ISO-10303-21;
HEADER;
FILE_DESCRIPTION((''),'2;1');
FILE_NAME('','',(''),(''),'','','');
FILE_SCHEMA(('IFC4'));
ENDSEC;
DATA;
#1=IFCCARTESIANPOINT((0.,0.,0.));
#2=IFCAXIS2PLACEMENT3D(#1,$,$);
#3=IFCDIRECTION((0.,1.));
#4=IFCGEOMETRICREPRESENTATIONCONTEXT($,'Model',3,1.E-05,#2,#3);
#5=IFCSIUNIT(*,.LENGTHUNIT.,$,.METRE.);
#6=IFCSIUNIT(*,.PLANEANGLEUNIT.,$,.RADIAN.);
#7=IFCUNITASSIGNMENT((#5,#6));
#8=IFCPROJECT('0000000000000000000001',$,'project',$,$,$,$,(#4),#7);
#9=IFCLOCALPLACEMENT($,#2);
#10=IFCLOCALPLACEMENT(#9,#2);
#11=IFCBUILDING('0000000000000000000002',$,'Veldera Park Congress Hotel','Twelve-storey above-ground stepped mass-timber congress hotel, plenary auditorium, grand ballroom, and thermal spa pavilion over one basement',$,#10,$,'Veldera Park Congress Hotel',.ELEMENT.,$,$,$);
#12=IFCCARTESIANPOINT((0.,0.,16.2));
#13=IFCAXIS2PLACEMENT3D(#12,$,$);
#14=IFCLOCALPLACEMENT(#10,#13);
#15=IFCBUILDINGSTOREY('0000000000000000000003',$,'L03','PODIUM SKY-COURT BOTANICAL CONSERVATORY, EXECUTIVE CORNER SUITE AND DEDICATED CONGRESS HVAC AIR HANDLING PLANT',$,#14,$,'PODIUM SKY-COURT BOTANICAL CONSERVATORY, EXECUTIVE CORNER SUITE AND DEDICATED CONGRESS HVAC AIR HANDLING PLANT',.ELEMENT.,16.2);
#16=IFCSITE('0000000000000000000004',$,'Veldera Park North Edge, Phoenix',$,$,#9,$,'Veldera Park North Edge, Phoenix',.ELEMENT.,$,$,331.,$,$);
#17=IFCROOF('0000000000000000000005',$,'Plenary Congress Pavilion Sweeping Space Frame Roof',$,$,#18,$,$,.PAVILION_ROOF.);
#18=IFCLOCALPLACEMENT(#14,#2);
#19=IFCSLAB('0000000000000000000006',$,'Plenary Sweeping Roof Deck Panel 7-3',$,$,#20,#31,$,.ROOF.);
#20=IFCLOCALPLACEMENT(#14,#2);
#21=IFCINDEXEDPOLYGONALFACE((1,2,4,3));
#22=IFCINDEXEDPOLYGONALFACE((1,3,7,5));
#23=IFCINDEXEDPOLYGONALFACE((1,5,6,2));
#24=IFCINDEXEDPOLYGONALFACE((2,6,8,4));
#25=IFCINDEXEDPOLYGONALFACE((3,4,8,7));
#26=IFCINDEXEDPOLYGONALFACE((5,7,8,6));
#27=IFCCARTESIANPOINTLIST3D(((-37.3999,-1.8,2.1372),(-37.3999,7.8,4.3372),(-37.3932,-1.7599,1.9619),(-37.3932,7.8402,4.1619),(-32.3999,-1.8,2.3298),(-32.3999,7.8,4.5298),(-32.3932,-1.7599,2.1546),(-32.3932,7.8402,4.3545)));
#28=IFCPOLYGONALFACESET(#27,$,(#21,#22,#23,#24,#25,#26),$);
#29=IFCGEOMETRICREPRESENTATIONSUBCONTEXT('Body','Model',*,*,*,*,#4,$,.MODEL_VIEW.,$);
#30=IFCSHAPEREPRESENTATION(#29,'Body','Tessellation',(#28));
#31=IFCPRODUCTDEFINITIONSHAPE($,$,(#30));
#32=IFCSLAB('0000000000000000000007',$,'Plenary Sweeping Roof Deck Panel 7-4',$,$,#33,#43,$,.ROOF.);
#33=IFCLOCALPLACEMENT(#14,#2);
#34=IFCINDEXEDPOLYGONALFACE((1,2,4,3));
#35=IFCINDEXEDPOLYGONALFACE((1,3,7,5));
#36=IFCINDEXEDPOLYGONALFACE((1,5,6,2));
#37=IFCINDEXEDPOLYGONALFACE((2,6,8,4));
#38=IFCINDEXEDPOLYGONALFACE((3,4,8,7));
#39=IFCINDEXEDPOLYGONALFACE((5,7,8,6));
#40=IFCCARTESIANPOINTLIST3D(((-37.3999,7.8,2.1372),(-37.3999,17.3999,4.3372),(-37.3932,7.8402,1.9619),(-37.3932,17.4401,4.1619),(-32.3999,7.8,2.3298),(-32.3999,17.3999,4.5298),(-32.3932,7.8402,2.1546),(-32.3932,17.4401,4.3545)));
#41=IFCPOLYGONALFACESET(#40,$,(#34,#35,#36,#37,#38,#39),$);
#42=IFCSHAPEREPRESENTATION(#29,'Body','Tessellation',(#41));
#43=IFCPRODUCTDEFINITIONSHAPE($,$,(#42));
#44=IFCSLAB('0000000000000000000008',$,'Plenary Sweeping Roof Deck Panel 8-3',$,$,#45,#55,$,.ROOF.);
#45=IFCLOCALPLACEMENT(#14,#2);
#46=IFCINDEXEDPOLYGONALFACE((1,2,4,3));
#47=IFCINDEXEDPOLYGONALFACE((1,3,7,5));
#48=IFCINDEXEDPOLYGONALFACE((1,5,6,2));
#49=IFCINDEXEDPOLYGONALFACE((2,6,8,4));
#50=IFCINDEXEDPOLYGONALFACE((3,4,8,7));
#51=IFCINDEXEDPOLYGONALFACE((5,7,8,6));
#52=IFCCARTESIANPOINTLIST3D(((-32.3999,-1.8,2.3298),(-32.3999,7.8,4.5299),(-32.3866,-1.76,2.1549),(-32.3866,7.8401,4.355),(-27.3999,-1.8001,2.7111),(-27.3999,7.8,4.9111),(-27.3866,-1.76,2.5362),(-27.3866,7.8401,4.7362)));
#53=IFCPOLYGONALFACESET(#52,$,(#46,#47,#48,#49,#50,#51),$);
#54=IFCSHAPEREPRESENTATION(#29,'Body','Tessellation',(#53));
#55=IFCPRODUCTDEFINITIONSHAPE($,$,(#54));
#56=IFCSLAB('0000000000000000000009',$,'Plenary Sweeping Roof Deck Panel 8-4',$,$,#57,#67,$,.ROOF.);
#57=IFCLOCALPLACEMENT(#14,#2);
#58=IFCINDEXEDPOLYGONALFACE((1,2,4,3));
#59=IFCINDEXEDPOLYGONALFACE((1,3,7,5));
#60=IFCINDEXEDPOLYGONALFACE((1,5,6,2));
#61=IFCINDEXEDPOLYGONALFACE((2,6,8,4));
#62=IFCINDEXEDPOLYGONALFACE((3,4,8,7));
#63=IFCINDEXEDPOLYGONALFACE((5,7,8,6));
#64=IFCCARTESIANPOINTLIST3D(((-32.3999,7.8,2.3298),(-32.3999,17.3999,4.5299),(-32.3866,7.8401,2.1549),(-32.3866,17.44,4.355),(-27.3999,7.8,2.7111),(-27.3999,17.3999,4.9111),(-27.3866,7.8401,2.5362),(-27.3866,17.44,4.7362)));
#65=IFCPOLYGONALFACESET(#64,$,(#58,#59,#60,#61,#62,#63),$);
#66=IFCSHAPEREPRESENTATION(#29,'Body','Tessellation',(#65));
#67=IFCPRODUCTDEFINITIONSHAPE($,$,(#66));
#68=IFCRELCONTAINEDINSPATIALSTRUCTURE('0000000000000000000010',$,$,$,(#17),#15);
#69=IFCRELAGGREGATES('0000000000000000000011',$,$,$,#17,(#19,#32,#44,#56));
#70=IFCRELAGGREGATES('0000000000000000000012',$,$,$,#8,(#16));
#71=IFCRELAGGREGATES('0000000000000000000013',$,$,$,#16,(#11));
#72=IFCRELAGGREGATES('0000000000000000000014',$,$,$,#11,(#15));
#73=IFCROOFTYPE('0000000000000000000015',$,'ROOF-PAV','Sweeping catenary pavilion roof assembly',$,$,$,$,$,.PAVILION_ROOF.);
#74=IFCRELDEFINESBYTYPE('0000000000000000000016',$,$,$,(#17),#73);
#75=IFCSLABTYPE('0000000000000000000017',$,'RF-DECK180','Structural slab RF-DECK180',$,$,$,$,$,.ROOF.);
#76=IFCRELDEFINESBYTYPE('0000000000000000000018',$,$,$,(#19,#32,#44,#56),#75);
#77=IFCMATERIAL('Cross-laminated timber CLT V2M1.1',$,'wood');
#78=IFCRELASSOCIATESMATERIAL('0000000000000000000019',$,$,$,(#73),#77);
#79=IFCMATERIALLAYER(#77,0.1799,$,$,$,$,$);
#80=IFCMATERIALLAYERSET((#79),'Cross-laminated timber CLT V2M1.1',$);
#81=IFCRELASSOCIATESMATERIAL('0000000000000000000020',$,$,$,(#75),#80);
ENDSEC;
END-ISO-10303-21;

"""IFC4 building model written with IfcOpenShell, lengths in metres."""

from ifc_helpers import new_model, si_unit, direction, frame, origin, place, context, subcontext, project, spatial, polyline, outline, extrude, material, layer, layer_set, type_object, element, aggregate, save


model = new_model("IFC4")

# Units and contexts
model_context = context("Model", 3, precision=1e-05, world=origin(), true_north=direction((0.0, 1.0)))
body_context = subcontext(model_context, "Body", "Model", "MODEL_VIEW")
ifc_project = project(units=[si_unit("LENGTHUNIT", "METRE"), si_unit("PLANEANGLEUNIT", "RADIAN")], contexts=[model_context])

# Site, building, storey
site_placement = place(None, origin())
site = spatial("IfcSite", under=ifc_project, at=site_placement, Name="Veldera Park North Edge, Phoenix", LongName="Veldera Park North Edge, Phoenix", CompositionType="ELEMENT", RefElevation=331.0)
building_placement = place(site_placement, origin())
building = spatial("IfcBuilding", under=site, at=building_placement, Name="Veldera Park Congress Hotel", Description="Twelve-storey above-ground stepped mass-timber congress hotel, plenary auditorium, grand ballroom, and thermal spa pavilion over one basement", LongName="Veldera Park Congress Hotel", CompositionType="ELEMENT")
storey_placement = place(building_placement, frame((0.0, 0.0, 16.2)))
storey = spatial("IfcBuildingStorey", under=building, at=storey_placement, Name="L03", Description="PODIUM SKY-COURT BOTANICAL CONSERVATORY, EXECUTIVE CORNER SUITE AND DEDICATED CONGRESS HVAC AIR HANDLING PLANT", LongName="PODIUM SKY-COURT BOTANICAL CONSERVATORY, EXECUTIVE CORNER SUITE AND DEDICATED CONGRESS HVAC AIR HANDLING PLANT", CompositionType="ELEMENT", Elevation=16.2)

# Roof, slabs
ifc_material_1 = material(Name="Cross-laminated timber CLT V2M1.1", Category="wood")
roof_type = type_object("IfcRoofType", Name="ROOF-PAV", Description="Sweeping catenary pavilion roof assembly", PredefinedType="PAVILION_ROOF", material=ifc_material_1)
roof_placement = place(storey_placement, origin())
roof = element("IfcRoof", 1, at=roof_placement, inside=storey, type_object=roof_type, Name="Plenary Congress Pavilion Sweeping Space Frame Roof", PredefinedType="PAVILION_ROOF")
ifc_layer = layer(ifc_material_1, 0.1799)
ifc_layer_set = layer_set([ifc_layer], Name="Cross-laminated timber CLT V2M1.1")
slab_type = type_object("IfcSlabType", Name="RF-DECK180", Description="Structural slab RF-DECK180", PredefinedType="ROOF", material=ifc_layer_set)
slab_1_placement = place(storey_placement, frame((-37.3999, -1.8, 2.1372), z_axis=(-0.037526, -0.223212, 0.974047), x_axis=(0.999259, 0.0, 0.038497)))
slab_1 = element("IfcSlab", 2, at=slab_1_placement, type_object=slab_type, Name="Plenary Sweeping Roof Deck Panel 7-3", PredefinedType="ROOF", context=body_context, shape_type="SweptSolid", body=[
    extrude(outline(polyline([(0.0, 0.0), (5.0037, 0.0), (5.0884, 9.8486), (0.0847, 9.8486), (0.0, 0.0)])), origin(), (0.0, 0.0, -1.0), 0.1799),
])
slab_2_placement = place(storey_placement, frame((-37.3999, 7.8, 2.1372), z_axis=(-0.037526, -0.223217, 0.974046), x_axis=(0.999259, 0.0, 0.038497)))
slab_2 = element("IfcSlab", 3, at=slab_2_placement, type_object=slab_type, Name="Plenary Sweeping Roof Deck Panel 7-4", PredefinedType="ROOF", context=body_context, shape_type="SweptSolid", body=[
    extrude(outline(polyline([(0.0, 0.0), (5.0037, 0.0), (5.0884, 9.8483), (0.0847, 9.8483), (0.0, 0.0)])), origin(), (0.0, 0.0, -1.0), 0.1799),
])
slab_3_placement = place(storey_placement, frame((-32.3999, -1.8, 2.3298), z_axis=(-0.074114, -0.222767, 0.97205), x_axis=(0.997106, -0.000005, 0.076023)))
slab_3 = element("IfcSlab", 4, at=slab_3_placement, type_object=slab_type, Name="Plenary Sweeping Roof Deck Panel 8-3", PredefinedType="ROOF", context=body_context, shape_type="SweptSolid", body=[
    extrude(outline(polyline([(0.0, 0.0), (5.0145, 0.0), (5.1817, 9.8476), (0.1672, 9.8475), (0.0, 0.0)])), origin(), (0.0, 0.0, -1.0), 0.1799),
])
slab_4_placement = place(storey_placement, frame((-32.3999, 7.8, 2.3298), z_axis=(-0.074114, -0.222772, 0.972049), x_axis=(0.997106, -0.000005, 0.076023)))
slab_4 = element("IfcSlab", 5, at=slab_4_placement, type_object=slab_type, Name="Plenary Sweeping Roof Deck Panel 8-4", PredefinedType="ROOF", context=body_context, shape_type="SweptSolid", body=[
    extrude(outline(polyline([(0.0, 0.0), (5.0145, 0.0), (5.1817, 9.8473), (0.1672, 9.8473), (0.0, 0.0)])), origin(), (0.0, 0.0, -1.0), 0.1799),
])
aggregate(roof, [slab_1, slab_2, slab_3, slab_4])

save(model, "model.ifc")
